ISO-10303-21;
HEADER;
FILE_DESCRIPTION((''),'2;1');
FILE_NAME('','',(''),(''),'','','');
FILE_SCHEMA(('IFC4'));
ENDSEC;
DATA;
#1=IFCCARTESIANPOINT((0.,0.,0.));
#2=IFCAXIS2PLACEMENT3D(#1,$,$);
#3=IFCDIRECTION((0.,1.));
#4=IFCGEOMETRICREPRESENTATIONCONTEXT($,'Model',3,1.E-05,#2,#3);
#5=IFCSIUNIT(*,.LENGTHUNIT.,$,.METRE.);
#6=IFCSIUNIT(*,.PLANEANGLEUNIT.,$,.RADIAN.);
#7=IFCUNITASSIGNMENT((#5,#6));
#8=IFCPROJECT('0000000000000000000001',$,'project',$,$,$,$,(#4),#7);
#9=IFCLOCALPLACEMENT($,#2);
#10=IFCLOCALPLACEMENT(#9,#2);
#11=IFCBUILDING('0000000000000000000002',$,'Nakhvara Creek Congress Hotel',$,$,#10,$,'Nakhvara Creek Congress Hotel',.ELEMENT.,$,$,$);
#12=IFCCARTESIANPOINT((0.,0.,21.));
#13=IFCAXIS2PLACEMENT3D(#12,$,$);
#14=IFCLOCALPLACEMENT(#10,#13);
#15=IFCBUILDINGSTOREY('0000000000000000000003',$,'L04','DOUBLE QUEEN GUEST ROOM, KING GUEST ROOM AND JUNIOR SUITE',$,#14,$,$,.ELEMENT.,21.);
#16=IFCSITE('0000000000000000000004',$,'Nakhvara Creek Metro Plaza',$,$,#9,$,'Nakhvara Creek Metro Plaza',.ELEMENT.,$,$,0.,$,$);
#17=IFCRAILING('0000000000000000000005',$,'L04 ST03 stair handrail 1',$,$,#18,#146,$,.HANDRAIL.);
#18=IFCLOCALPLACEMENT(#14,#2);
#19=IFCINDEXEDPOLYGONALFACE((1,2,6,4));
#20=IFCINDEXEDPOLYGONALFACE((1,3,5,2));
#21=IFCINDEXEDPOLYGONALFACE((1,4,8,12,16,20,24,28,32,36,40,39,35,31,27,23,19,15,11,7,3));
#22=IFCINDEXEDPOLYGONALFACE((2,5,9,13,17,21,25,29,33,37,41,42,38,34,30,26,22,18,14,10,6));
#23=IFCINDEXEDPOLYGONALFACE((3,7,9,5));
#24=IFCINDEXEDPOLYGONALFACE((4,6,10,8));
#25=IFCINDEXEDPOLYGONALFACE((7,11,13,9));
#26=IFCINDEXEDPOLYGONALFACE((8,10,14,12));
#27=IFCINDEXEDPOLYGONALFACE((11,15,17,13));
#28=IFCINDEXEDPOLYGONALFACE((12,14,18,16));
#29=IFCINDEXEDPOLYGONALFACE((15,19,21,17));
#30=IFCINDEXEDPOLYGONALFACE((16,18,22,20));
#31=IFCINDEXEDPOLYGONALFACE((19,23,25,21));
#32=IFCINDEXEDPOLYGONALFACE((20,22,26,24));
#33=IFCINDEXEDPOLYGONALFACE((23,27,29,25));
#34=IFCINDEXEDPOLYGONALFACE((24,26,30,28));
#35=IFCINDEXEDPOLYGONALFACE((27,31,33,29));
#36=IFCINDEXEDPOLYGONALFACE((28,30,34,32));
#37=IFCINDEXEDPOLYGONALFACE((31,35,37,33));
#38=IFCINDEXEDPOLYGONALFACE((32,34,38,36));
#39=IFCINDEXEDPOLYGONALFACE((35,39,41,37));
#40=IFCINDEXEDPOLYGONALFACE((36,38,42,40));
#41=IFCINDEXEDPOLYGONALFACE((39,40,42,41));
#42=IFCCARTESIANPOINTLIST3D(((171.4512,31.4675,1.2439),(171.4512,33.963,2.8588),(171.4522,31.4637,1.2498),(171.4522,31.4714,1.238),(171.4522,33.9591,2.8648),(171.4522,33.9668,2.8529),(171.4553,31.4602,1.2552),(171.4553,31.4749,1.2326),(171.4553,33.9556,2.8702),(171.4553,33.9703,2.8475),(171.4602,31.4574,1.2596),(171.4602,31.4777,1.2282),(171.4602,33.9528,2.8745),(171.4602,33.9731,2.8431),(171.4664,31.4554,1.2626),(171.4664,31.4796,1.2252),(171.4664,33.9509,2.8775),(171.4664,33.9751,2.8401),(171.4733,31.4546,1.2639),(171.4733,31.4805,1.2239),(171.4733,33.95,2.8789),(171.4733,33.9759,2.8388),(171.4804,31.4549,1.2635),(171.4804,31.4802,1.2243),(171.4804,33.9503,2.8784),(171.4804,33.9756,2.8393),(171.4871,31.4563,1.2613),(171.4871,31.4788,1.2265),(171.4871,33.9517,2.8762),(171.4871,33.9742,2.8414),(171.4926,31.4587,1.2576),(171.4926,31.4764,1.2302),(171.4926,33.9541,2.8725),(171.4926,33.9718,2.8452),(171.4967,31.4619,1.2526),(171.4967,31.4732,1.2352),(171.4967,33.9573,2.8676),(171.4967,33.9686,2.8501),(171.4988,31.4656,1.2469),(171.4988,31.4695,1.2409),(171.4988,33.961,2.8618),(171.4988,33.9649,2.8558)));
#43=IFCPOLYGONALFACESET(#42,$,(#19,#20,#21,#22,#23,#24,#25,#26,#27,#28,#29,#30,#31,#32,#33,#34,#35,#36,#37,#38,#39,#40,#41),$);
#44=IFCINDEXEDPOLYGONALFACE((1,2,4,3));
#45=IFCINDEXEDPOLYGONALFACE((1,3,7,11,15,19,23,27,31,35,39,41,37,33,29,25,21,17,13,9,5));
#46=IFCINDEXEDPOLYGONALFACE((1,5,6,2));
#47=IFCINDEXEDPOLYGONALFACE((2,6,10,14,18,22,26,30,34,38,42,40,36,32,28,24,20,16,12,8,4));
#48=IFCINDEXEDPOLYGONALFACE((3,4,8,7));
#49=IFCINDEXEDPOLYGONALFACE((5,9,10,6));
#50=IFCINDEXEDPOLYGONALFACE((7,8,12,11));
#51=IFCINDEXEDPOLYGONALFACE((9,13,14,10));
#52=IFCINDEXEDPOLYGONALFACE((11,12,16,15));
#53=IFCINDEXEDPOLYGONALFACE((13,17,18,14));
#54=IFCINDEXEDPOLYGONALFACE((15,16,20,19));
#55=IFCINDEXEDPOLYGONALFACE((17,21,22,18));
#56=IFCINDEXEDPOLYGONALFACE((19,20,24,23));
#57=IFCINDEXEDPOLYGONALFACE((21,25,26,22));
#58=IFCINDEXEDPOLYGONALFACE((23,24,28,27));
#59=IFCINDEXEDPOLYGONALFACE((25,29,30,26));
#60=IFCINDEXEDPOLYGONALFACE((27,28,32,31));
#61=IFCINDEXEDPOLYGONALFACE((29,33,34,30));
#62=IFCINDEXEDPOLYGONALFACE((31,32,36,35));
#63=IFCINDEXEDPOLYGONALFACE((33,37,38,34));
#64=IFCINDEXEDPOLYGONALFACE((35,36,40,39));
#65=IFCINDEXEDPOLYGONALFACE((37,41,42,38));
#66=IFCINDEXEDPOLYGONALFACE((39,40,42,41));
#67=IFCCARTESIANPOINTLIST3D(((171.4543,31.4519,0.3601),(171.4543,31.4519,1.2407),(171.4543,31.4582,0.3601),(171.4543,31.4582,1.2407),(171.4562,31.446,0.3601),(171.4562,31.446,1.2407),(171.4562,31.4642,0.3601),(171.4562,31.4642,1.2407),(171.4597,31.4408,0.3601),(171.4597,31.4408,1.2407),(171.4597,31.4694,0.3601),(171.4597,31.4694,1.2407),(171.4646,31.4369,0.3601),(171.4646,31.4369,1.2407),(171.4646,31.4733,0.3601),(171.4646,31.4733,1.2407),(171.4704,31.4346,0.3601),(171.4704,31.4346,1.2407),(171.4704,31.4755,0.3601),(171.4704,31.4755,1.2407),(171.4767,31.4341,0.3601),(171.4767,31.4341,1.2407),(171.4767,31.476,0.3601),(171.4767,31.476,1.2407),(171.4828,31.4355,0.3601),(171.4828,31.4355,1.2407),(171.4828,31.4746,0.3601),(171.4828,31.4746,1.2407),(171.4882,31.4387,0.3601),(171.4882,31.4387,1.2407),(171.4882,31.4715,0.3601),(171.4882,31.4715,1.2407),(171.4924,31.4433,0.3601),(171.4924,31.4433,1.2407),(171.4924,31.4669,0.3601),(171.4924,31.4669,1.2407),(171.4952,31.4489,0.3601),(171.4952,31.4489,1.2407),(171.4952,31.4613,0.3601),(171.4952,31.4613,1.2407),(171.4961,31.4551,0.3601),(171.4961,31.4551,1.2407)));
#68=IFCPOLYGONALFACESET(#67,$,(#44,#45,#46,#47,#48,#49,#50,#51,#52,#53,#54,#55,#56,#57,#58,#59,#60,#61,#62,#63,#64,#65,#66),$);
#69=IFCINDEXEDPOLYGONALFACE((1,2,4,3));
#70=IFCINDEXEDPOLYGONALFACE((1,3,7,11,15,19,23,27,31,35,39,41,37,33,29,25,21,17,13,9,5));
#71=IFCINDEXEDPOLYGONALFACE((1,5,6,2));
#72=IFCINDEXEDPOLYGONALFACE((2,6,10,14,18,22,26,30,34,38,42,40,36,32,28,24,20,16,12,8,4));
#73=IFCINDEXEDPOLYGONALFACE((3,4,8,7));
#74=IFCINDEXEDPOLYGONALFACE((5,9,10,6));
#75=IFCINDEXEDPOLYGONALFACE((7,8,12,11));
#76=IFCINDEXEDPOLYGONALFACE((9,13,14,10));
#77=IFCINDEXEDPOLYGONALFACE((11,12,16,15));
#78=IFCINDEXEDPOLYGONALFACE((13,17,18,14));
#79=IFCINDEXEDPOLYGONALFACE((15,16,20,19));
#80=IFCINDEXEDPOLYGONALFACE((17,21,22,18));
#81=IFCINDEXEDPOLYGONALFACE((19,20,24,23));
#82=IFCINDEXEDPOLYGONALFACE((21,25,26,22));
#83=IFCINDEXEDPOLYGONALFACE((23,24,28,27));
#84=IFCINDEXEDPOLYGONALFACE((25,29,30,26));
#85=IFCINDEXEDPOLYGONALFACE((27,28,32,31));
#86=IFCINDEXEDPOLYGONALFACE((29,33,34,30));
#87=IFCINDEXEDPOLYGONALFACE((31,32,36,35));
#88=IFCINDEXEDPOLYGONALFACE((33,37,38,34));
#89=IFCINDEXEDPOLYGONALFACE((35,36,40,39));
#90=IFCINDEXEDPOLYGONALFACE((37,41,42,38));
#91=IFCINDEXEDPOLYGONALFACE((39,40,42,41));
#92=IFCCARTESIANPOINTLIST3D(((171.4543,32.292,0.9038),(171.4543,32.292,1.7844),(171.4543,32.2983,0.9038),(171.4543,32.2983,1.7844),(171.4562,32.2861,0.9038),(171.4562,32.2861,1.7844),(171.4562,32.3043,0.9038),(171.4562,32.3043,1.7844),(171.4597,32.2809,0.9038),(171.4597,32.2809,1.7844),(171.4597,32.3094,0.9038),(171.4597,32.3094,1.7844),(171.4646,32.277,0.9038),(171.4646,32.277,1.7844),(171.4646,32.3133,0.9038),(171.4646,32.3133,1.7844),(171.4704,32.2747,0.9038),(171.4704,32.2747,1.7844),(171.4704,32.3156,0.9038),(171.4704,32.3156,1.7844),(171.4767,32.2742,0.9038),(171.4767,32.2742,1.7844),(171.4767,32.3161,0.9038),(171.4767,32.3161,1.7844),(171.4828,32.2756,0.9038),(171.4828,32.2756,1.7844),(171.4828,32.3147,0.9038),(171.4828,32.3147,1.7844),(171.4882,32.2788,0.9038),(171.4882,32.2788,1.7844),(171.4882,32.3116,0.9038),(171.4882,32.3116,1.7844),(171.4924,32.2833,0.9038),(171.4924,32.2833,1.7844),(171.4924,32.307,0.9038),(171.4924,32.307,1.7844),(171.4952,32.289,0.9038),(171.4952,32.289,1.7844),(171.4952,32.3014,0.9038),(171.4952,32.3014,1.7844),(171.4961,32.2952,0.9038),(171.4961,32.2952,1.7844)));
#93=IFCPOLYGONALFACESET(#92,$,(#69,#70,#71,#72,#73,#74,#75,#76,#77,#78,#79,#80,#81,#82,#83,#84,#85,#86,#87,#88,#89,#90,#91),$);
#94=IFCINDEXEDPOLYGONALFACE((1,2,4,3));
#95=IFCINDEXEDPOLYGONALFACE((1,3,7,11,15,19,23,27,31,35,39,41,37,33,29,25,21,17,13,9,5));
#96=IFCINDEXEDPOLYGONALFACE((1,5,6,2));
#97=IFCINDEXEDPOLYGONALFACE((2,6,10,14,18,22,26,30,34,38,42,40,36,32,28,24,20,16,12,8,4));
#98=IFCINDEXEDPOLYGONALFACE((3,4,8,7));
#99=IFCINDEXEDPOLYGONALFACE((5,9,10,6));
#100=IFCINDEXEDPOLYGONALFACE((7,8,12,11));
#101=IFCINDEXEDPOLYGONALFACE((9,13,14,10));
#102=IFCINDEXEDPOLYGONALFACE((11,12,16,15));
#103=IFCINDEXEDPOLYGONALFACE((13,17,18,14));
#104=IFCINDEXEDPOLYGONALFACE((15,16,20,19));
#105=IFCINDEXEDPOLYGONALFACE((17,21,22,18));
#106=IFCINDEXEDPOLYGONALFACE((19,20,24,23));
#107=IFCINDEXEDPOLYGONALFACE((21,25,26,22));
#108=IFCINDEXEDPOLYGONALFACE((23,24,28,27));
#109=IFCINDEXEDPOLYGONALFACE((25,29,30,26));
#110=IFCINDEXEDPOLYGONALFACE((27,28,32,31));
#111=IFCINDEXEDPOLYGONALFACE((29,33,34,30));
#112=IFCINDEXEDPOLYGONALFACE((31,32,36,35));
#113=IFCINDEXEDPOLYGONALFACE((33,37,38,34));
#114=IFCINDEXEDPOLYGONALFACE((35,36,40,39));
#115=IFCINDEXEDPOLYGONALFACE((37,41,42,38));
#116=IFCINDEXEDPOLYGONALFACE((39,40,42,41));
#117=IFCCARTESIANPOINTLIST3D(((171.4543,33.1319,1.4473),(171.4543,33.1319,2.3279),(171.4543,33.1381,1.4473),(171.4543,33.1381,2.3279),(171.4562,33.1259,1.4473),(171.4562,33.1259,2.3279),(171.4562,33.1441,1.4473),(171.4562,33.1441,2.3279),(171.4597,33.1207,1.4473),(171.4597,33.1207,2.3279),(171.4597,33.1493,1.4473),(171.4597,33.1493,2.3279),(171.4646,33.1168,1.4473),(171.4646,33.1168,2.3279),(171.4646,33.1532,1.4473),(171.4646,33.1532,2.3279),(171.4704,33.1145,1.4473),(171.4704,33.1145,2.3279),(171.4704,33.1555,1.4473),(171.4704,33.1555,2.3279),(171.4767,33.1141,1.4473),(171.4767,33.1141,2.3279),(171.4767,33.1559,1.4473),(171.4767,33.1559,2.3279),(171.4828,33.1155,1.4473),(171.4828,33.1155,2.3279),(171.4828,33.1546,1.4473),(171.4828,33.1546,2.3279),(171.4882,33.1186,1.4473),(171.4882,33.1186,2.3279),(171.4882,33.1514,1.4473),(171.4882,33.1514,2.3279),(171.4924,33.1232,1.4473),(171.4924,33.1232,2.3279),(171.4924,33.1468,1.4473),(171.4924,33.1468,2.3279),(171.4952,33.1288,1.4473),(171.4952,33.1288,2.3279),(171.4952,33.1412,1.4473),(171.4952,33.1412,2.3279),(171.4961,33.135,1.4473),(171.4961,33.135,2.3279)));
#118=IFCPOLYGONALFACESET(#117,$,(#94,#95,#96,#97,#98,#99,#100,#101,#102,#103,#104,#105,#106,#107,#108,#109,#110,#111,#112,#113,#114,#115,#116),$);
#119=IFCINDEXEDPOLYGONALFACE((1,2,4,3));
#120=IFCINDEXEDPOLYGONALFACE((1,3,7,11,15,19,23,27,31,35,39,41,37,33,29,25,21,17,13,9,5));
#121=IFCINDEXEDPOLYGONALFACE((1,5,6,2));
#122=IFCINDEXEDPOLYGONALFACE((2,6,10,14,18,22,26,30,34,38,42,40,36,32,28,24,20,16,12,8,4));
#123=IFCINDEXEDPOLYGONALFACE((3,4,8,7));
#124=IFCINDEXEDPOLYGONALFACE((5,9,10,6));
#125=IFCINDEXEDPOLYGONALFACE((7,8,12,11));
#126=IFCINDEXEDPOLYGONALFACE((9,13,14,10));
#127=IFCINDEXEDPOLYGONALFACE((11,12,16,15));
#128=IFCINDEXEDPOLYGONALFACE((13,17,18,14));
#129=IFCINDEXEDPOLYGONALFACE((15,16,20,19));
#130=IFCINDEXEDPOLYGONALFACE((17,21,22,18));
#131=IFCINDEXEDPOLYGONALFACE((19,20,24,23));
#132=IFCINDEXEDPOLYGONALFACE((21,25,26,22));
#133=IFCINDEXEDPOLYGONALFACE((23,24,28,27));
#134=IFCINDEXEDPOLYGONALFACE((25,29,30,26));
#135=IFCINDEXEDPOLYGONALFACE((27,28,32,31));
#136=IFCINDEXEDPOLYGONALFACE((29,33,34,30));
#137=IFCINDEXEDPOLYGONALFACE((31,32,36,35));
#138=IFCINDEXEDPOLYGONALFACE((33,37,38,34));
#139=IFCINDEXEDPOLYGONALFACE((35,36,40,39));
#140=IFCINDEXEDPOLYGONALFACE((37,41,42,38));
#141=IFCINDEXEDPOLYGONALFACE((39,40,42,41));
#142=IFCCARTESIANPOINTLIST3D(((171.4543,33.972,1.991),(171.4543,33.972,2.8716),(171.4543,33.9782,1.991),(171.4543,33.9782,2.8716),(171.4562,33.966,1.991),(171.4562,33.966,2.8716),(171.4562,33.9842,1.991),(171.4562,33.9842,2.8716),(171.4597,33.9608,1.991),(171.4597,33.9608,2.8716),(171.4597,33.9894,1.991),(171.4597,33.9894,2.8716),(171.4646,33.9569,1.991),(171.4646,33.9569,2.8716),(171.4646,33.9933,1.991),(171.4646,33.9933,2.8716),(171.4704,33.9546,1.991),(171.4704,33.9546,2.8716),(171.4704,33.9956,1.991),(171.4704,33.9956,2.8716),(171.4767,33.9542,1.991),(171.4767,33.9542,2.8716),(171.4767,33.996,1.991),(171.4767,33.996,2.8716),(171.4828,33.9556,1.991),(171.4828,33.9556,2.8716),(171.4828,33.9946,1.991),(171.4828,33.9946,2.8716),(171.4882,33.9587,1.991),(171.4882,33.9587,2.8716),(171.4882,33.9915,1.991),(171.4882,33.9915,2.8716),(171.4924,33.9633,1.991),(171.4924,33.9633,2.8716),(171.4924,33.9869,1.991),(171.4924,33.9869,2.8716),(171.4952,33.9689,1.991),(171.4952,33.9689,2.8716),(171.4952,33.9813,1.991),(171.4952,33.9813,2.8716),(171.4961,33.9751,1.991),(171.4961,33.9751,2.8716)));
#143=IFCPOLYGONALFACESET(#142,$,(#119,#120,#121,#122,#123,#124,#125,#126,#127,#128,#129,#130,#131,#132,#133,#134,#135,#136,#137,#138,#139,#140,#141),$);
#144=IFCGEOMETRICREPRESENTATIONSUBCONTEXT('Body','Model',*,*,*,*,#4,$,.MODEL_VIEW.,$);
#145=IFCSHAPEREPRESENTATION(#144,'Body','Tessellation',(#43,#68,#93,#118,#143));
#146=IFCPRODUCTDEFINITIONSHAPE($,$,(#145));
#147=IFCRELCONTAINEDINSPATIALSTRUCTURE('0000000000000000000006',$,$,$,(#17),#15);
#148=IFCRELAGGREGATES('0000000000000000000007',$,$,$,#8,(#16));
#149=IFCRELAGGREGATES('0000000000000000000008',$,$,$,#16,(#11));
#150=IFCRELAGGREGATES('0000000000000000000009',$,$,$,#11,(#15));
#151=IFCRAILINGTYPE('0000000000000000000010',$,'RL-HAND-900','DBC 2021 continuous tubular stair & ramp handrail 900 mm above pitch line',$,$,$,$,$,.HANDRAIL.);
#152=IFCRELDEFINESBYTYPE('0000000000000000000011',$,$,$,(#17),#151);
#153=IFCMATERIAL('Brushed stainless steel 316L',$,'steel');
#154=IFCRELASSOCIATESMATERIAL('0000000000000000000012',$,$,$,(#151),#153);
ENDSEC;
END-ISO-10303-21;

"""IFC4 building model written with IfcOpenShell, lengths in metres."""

from ifc_helpers import new_model, si_unit, direction, frame, origin, origin_2d, place, context, subcontext, project, spatial, circle, extrude, material, type_object, element, save


model = new_model("IFC4")

# Units and contexts
model_context = context("Model", 3, precision=1e-05, world=origin(), true_north=direction((0.0, 1.0)))
body_context = subcontext(model_context, "Body", "Model", "MODEL_VIEW")
ifc_project = project(units=[si_unit("LENGTHUNIT", "METRE"), si_unit("PLANEANGLEUNIT", "RADIAN")], contexts=[model_context])

# Site, building, storey
site_placement = place(None, origin())
site = spatial("IfcSite", under=ifc_project, at=site_placement, Name="Nakhvara Creek Metro Plaza", LongName="Nakhvara Creek Metro Plaza", CompositionType="ELEMENT", RefElevation=0.0)
building_placement = place(site_placement, origin())
building = spatial("IfcBuilding", under=site, at=building_placement, Name="Nakhvara Creek Congress Hotel", LongName="Nakhvara Creek Congress Hotel", CompositionType="ELEMENT")
storey_placement = place(building_placement, frame((0.0, 0.0, 21.0)))
storey = spatial("IfcBuildingStorey", under=building, at=storey_placement, Name="L04", Description="DOUBLE QUEEN GUEST ROOM, KING GUEST ROOM AND JUNIOR SUITE", CompositionType="ELEMENT", Elevation=21.0)

# Railing
ifc_material_1 = material(Name="Brushed stainless steel 316L", Category="steel")
railing_type_1 = type_object("IfcRailingType", Name="RL-HAND-900", Description="DBC 2021 continuous tubular stair & ramp handrail 900 mm above pitch line", PredefinedType="HANDRAIL", material=ifc_material_1)
railing_1_placement = place(storey_placement, frame((171.4751, 31.4551, 0.3601)))
element("IfcRailing", 1, at=railing_1_placement, inside=storey, type_object=railing_type_1, Name="L04 ST03 stair handrail 1", PredefinedType="HANDRAIL", context=body_context, shape_type="SweptSolid", body=[
    extrude(circle(Radius=0.0239, at=origin_2d()), frame((0.0, 0.0125, 0.8838), z_axis=(0.0, 0.839531, 0.543312), x_axis=(-1.0, 0.0, 0.0)), (0.0, 0.0, 1.0), 2.9724),
    extrude(circle(Radius=0.021, at=origin_2d()), origin(), (0.0, 0.0, 1.0), 0.8806),
    extrude(circle(Radius=0.021, at=origin_2d()), frame((0.0, 0.8401, 0.5437)), (0.0, 0.0, 1.0), 0.8806),
    extrude(circle(Radius=0.021, at=origin_2d()), frame((0.0, 1.6799, 1.0872)), (0.0, 0.0, 1.0), 0.8806),
    extrude(circle(Radius=0.021, at=origin_2d()), frame((0.0, 2.52, 1.6309)), (0.0, 0.0, 1.0), 0.8806),
])

save(model, "model.ifc")
